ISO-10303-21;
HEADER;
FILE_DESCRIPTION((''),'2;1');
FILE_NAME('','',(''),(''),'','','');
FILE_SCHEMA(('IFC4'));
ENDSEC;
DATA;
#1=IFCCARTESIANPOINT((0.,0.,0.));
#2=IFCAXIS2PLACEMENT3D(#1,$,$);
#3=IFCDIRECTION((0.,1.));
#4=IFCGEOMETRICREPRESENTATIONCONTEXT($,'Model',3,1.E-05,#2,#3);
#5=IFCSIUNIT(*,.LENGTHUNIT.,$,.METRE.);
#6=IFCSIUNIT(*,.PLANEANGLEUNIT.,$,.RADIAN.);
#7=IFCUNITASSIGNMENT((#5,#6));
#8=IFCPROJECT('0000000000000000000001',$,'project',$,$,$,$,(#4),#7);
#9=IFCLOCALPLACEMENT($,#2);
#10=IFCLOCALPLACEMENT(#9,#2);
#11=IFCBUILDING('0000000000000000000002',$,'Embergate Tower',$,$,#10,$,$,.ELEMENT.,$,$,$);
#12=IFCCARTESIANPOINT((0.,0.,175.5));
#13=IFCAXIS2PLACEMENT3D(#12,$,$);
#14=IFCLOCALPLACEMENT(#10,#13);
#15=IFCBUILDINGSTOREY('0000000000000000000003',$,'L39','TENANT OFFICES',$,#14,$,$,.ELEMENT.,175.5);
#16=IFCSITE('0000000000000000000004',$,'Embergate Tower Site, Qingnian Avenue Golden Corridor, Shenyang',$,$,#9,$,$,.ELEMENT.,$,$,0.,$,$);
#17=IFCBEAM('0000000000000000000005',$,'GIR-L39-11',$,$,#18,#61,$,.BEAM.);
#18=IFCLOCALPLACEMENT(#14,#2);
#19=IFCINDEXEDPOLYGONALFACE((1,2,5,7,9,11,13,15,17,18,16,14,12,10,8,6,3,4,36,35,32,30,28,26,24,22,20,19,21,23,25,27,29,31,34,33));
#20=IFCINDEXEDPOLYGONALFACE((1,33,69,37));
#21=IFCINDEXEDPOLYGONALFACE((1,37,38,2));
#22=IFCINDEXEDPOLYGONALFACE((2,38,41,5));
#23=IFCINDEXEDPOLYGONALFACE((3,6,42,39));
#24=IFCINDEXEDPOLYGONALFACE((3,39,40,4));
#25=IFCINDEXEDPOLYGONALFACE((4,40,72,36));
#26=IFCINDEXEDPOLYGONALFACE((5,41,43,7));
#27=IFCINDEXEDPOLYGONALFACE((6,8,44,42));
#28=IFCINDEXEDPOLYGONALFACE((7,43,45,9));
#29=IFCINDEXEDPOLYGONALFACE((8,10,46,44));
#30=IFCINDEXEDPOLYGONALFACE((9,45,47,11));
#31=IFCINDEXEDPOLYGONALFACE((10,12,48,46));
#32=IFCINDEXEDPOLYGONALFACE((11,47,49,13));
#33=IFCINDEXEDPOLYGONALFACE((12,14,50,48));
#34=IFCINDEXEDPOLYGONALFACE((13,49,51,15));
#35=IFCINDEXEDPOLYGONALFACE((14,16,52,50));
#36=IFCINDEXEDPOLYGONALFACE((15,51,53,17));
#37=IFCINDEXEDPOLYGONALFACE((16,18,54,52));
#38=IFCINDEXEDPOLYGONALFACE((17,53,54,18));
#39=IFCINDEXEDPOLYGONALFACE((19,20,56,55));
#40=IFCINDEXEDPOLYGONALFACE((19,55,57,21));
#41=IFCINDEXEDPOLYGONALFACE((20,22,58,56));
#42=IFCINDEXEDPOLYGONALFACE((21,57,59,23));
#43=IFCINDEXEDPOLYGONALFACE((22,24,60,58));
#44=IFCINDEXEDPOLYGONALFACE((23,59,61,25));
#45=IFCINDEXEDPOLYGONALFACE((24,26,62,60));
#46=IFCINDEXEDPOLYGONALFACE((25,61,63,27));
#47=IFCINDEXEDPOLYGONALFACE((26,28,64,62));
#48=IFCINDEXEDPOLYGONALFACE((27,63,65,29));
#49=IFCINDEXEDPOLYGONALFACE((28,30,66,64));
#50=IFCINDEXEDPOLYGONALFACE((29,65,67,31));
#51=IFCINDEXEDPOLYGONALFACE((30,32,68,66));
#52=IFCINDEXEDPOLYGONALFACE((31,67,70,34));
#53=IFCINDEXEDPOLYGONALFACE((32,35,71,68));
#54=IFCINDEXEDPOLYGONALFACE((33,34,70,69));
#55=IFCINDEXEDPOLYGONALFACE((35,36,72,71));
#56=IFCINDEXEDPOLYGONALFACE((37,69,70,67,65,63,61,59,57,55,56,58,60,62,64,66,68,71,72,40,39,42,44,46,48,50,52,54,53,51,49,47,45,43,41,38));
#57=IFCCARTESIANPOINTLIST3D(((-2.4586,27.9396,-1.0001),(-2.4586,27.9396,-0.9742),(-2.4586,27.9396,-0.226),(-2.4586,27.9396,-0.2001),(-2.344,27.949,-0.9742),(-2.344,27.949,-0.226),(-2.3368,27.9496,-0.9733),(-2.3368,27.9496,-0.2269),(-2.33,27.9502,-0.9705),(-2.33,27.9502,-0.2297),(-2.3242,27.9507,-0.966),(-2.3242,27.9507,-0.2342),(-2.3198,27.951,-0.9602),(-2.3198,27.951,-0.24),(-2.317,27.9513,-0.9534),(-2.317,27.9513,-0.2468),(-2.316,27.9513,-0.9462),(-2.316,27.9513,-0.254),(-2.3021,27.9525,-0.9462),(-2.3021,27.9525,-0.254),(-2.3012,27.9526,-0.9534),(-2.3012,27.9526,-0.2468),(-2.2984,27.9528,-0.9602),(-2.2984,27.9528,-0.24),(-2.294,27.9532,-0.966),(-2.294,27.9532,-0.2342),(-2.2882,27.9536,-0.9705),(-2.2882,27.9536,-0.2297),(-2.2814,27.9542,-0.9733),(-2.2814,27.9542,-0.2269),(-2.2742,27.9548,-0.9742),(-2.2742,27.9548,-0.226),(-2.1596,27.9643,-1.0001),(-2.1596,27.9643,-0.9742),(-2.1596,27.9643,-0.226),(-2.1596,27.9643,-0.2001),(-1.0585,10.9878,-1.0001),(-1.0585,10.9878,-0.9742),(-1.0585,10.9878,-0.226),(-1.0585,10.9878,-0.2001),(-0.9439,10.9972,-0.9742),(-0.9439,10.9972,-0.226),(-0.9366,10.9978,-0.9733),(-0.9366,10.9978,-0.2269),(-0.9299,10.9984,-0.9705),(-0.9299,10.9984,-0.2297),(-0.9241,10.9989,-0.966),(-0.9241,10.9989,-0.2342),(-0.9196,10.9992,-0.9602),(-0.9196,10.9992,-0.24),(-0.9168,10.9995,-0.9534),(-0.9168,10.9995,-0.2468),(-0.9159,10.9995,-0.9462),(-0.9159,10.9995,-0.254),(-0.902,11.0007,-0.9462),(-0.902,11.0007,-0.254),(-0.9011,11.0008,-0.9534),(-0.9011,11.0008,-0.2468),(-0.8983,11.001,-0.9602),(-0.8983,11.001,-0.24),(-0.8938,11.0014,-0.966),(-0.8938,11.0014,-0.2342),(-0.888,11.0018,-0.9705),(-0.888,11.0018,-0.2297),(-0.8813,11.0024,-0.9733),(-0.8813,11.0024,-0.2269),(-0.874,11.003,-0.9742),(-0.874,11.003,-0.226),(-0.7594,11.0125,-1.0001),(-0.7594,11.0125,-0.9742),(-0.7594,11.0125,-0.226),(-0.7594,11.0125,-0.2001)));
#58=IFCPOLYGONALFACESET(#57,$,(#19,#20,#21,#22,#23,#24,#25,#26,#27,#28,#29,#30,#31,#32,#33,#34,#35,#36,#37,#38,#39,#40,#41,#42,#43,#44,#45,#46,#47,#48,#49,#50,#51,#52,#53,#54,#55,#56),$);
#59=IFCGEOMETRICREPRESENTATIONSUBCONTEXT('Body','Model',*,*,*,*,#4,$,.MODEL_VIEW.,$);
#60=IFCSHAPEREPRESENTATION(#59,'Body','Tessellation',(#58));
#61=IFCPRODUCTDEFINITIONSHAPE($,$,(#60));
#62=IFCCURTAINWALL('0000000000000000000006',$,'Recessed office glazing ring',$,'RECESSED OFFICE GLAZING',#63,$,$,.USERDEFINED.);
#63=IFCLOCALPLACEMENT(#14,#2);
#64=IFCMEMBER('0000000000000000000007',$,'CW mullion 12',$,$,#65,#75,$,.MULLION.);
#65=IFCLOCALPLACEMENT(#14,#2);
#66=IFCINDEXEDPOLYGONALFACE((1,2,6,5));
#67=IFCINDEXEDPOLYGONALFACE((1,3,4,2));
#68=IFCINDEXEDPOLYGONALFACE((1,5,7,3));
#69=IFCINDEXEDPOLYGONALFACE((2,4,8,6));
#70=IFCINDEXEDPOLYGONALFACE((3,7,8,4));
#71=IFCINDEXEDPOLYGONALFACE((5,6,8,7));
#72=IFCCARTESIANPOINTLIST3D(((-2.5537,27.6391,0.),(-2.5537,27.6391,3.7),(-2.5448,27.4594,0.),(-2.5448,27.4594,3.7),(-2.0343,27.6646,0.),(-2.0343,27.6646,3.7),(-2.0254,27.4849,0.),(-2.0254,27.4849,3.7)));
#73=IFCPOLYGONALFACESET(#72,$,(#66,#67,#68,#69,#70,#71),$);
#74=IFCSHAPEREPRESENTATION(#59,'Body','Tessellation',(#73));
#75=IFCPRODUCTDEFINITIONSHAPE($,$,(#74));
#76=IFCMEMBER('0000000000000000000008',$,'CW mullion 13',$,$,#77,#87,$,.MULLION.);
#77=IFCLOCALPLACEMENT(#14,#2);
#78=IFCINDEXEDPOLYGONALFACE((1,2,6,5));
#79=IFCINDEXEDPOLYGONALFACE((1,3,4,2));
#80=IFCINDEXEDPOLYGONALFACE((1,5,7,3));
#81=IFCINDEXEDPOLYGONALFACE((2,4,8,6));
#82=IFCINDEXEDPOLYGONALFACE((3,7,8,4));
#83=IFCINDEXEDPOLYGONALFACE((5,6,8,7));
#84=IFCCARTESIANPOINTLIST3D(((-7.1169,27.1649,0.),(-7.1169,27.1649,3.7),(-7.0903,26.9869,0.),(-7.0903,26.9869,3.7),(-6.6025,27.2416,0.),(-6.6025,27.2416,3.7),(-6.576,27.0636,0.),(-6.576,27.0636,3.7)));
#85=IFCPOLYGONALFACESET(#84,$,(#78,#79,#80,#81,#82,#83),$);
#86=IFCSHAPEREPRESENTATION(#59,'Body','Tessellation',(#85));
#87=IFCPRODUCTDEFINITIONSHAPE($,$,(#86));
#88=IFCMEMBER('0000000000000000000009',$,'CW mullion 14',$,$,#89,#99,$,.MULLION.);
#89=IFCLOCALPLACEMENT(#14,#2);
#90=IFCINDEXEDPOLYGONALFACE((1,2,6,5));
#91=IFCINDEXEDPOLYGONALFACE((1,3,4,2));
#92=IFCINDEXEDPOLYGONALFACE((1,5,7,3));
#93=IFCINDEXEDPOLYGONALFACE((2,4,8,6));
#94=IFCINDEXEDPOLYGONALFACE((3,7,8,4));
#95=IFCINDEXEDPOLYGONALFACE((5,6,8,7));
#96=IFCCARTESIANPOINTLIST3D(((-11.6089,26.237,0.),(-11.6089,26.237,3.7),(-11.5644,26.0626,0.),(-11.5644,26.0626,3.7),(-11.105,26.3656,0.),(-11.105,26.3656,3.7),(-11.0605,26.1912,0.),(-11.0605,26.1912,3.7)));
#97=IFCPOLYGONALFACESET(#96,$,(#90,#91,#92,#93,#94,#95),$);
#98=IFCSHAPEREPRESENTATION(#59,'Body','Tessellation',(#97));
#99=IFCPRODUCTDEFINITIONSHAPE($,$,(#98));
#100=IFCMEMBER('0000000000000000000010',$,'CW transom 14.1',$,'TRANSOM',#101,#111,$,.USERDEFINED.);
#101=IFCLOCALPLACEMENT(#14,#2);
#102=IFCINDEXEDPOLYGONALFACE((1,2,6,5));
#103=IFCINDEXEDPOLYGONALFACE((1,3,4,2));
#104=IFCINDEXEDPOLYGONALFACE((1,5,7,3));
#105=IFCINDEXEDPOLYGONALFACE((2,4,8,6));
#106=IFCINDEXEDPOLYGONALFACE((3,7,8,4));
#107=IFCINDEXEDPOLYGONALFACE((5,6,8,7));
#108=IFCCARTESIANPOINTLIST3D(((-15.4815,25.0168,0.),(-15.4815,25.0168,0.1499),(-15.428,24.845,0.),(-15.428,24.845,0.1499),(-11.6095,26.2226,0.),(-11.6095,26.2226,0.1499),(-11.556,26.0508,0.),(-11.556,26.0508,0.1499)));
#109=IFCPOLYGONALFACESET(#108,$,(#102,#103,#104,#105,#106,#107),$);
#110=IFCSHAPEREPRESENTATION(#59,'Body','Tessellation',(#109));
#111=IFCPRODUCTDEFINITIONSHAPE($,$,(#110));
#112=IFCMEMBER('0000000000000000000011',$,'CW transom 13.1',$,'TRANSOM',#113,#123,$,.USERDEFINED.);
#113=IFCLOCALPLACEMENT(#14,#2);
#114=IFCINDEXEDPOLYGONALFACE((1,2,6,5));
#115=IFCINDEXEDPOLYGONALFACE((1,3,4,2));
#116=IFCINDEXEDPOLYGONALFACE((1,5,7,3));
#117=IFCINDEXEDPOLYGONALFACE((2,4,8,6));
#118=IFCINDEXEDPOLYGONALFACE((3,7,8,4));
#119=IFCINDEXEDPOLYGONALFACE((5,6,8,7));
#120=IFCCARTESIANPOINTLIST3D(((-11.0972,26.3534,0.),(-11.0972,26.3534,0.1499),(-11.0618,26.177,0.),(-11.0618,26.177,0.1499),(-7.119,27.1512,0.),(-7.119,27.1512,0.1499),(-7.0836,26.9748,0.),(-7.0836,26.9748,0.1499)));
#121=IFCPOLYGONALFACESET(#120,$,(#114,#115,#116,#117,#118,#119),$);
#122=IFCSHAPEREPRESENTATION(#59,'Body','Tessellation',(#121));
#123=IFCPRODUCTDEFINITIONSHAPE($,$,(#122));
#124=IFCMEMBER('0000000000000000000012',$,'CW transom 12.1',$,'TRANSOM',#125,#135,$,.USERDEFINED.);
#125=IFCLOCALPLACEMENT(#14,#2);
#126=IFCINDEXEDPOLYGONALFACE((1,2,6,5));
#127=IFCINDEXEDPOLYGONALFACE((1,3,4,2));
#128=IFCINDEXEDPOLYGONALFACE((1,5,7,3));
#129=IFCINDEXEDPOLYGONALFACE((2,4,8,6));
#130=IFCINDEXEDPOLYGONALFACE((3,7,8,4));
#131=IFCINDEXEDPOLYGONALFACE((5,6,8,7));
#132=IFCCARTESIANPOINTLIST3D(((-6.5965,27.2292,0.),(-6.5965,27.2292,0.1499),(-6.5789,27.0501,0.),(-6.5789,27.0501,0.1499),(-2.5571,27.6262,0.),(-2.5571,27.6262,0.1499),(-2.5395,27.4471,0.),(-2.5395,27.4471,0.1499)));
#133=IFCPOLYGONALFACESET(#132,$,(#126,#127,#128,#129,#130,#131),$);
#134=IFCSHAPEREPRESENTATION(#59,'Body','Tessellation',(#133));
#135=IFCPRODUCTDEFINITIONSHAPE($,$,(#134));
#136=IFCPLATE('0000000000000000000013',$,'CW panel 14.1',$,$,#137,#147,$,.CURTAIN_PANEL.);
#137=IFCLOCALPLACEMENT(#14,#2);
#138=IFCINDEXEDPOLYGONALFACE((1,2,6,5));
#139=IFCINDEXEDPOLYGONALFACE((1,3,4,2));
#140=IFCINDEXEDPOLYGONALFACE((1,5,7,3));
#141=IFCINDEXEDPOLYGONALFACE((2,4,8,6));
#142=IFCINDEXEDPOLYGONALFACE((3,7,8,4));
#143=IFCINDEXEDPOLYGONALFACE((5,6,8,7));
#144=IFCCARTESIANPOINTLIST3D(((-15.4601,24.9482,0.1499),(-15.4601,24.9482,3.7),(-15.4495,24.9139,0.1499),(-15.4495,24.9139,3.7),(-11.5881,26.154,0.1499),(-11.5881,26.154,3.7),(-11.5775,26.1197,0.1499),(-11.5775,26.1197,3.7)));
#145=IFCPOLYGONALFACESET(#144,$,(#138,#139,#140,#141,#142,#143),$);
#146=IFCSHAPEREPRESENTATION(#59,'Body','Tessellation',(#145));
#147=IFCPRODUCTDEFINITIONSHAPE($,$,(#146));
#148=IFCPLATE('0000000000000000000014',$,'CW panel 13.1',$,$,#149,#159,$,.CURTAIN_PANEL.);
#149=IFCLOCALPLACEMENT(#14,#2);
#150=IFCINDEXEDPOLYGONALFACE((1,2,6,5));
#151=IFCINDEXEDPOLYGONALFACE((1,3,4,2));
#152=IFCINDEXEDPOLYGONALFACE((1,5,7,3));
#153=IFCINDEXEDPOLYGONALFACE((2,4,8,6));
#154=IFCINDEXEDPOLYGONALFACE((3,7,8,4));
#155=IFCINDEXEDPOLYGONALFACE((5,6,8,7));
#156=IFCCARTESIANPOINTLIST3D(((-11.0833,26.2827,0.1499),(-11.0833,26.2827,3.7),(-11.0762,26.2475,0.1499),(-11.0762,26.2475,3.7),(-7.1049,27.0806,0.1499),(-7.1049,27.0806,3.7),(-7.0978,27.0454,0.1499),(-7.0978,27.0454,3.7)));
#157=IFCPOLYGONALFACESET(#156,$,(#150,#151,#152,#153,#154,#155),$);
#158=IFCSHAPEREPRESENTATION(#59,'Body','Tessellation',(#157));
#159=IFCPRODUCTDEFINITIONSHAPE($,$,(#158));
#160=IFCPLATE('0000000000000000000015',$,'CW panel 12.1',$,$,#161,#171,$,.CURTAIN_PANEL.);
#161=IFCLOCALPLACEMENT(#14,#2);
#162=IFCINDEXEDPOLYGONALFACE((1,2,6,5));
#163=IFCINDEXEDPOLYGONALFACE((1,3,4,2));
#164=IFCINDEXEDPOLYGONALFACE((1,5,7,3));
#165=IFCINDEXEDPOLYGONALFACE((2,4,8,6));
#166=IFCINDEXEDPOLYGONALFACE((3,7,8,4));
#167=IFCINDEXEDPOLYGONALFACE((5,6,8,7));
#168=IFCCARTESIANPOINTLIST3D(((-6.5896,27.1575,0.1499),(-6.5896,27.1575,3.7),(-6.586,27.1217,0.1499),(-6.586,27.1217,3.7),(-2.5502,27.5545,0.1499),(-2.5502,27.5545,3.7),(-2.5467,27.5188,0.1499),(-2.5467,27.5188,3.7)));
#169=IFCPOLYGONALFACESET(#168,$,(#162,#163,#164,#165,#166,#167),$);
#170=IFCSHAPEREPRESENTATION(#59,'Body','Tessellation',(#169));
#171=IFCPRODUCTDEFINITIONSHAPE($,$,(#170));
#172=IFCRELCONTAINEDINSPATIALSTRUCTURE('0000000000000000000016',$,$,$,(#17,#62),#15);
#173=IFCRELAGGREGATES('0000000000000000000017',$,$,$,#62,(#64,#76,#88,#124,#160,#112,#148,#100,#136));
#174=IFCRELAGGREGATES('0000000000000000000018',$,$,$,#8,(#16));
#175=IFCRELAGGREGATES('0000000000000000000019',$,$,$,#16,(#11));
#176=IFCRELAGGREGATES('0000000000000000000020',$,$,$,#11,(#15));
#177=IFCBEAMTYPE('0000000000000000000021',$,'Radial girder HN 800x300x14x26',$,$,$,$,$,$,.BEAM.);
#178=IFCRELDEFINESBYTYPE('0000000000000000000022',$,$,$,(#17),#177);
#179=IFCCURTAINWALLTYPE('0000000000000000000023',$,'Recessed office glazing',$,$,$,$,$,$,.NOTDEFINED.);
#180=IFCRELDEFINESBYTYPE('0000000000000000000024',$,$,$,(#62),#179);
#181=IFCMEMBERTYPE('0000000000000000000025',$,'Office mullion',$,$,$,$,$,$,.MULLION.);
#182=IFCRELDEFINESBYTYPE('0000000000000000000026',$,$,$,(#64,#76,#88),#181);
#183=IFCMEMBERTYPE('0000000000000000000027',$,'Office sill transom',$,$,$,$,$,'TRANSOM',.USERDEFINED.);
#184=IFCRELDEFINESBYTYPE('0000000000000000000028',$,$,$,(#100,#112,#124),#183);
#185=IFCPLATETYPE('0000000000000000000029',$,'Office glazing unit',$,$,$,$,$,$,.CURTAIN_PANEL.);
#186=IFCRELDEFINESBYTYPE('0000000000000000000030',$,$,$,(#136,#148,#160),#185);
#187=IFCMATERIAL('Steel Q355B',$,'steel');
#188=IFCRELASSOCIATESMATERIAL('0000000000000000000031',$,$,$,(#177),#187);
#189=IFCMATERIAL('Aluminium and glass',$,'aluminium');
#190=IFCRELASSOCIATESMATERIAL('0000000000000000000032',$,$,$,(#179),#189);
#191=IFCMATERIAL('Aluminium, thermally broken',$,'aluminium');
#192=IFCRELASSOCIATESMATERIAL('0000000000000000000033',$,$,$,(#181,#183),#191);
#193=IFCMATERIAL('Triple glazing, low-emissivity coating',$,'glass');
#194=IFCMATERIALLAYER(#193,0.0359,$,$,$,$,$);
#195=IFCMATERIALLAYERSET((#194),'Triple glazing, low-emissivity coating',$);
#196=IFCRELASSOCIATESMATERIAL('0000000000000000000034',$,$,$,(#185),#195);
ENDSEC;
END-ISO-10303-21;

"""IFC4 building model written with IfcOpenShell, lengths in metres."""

from ifc_helpers import new_model, si_unit, direction, frame, origin, origin_2d, place, context, subcontext, project, spatial, rectangle, i_section, extrude, source, transform, mapped, material, layer, layer_set, material_profile, profile_set, type_object, element, aggregate, save


model = new_model("IFC4")

# Units and contexts
model_context = context("Model", 3, precision=1e-05, world=origin(), true_north=direction((0.0, 1.0)))
body_context = subcontext(model_context, "Body", "Model", "MODEL_VIEW")
ifc_project = project(units=[si_unit("LENGTHUNIT", "METRE"), si_unit("PLANEANGLEUNIT", "RADIAN")], contexts=[model_context])

# Site, building, storey
site_placement = place(None, origin())
site = spatial("IfcSite", under=ifc_project, at=site_placement, Name="Embergate Tower Site, Qingnian Avenue Golden Corridor, Shenyang", CompositionType="ELEMENT", RefElevation=0.0)
building_placement = place(site_placement, origin())
building = spatial("IfcBuilding", under=site, at=building_placement, Name="Embergate Tower", CompositionType="ELEMENT")
storey_placement = place(building_placement, frame((0.0, 0.0, 175.5)))
storey = spatial("IfcBuildingStorey", under=building, at=storey_placement, Name="L39", Description="TENANT OFFICES", CompositionType="ELEMENT", Elevation=175.5)

# Beam
ifc_material_1 = material(Name="Steel Q355B", Category="steel")
ifc_material_profile_1 = material_profile(ifc_material_1, i_section(OverallWidth=0.3, OverallDepth=0.8, WebThickness=0.0139, FlangeThickness=0.0259, FilletRadius=0.0281, at=origin_2d()), Name="HN 800x300x14x26")
ifc_profile_set_1 = profile_set([ifc_material_profile_1], Name="Steel Q355 grade B")
beam_type_1 = type_object("IfcBeamType", Name="Radial girder HN 800x300x14x26", PredefinedType="BEAM", material=ifc_profile_set_1)
shared_shape_1 = source(origin(), body_context, "Body", "SweptSolid", [
    extrude(i_section(OverallWidth=0.3, OverallDepth=0.8, WebThickness=0.0139, FlangeThickness=0.0259, FilletRadius=0.0281, at=origin_2d()), origin(), (0.0, 0.0, 1.0), 17.0095),
])
beam_1_placement = place(storey_placement, frame((-2.3091, 27.9519, -0.6001), z_axis=(0.082315, -0.996606, 0.0), x_axis=(0.996606, 0.082315, 0.0)))
element("IfcBeam", 1, at=beam_1_placement, inside=storey, type_object=beam_type_1, Name="GIR-L39-11", PredefinedType="BEAM", context=body_context, shape_type="MappedRepresentation", body=[
    mapped(shared_shape_1, transform((0.0, 0.0, 0.0))),
])

# Curtain wall, members, plates
ifc_material_2 = material(Name="Aluminium and glass", Category="aluminium")
curtain_wall_type = type_object("IfcCurtainWallType", Name="Recessed office glazing", PredefinedType="NOTDEFINED", material=ifc_material_2)
curtain_wall_placement = place(storey_placement, origin())
curtain_wall = element("IfcCurtainWall", 2, at=curtain_wall_placement, inside=storey, type_object=curtain_wall_type, Name="Recessed office glazing ring", ObjectType="RECESSED OFFICE GLAZING", PredefinedType="USERDEFINED")
ifc_material_3 = material(Name="Aluminium, thermally broken", Category="aluminium")
ifc_material_profile_2 = material_profile(ifc_material_3, rectangle(XDim=0.1799, YDim=0.52, at=origin_2d()), Name="AL 520x180")
ifc_profile_set_2 = profile_set([ifc_material_profile_2], Name="Aluminium, thermally broken")
member_type_1 = type_object("IfcMemberType", Name="Office mullion", PredefinedType="MULLION", material=ifc_profile_set_2)
shared_shape_2 = source(origin(), body_context, "Body", "SweptSolid", [
    extrude(rectangle(XDim=0.1799, YDim=0.52, at=origin_2d()), origin(), (0.0, 0.0, 1.0), 3.7),
])
member_1_placement = place(storey_placement, frame((-2.2896, 27.562, 0.0), z_axis=(0.0, 0.0, 1.0), x_axis=(0.04897, -0.9988, 0.0)))
member_1 = element("IfcMember", 3, at=member_1_placement, type_object=member_type_1, Name="CW mullion 12", PredefinedType="MULLION", context=body_context, shape_type="MappedRepresentation", body=[
    mapped(shared_shape_2, transform((0.0, 0.0, 0.0))),
])
member_2_placement = place(storey_placement, frame((-6.8464, 27.1143, 0.0), z_axis=(0.0, 0.0, 1.0), x_axis=(0.147409, -0.989076, 0.0)))
member_2 = element("IfcMember", 4, at=member_2_placement, type_object=member_type_1, Name="CW mullion 13", PredefinedType="MULLION", context=body_context, shape_type="MappedRepresentation", body=[
    mapped(shared_shape_2, transform((0.0, 0.0, 0.0))),
])
member_3_placement = place(storey_placement, frame((-11.3347, 26.2141, 0.0), z_axis=(0.0, 0.0, 1.0), x_axis=(0.247308, -0.968937, 0.0)))
member_3 = element("IfcMember", 5, at=member_3_placement, type_object=member_type_1, Name="CW mullion 14", PredefinedType="MULLION", context=body_context, shape_type="MappedRepresentation", body=[
    mapped(shared_shape_2, transform((0.0, 0.0, 0.0))),
])
ifc_material_profile_3 = material_profile(ifc_material_3, rectangle(XDim=0.1799, YDim=0.1499, at=origin_2d()), Name="AL 150x180")
ifc_profile_set_3 = profile_set([ifc_material_profile_3], Name="Aluminium, thermally broken")
member_type_2 = type_object("IfcMemberType", Name="Office sill transom", ElementType="TRANSOM", PredefinedType="USERDEFINED", material=ifc_profile_set_3)
shared_shape_3 = source(origin(), body_context, "Body", "SweptSolid", [
    extrude(rectangle(XDim=0.1799, YDim=0.1499, at=origin_2d()), origin(), (0.0, 0.0, 1.0), 4.0554),
])
member_4_placement = place(storey_placement, frame((-11.5828, 26.1367, 0.075), z_axis=(-0.954775, -0.297329, 0.0), x_axis=(0.297329, -0.954775, 0.0)))
member_4 = element("IfcMember", 6, at=member_4_placement, type_object=member_type_2, Name="CW transom 14.1", ObjectType="TRANSOM", PredefinedType="USERDEFINED", context=body_context, shape_type="MappedRepresentation", body=[
    mapped(shared_shape_3, transform((0.0, 0.0, 0.0))),
])
shared_shape_4 = source(origin(), body_context, "Body", "SweptSolid", [
    extrude(rectangle(XDim=0.1799, YDim=0.1499, at=origin_2d()), origin(), (0.0, 0.0, 1.0), 4.0574),
])
member_5_placement = place(storey_placement, frame((-7.1013, 27.063, 0.075), z_axis=(-0.980476, -0.196637, 0.0), x_axis=(0.196637, -0.980476, 0.0)))
member_5 = element("IfcMember", 7, at=member_5_placement, type_object=member_type_2, Name="CW transom 13.1", ObjectType="TRANSOM", PredefinedType="USERDEFINED", context=body_context, shape_type="MappedRepresentation", body=[
    mapped(shared_shape_4, transform((0.0, 0.0, 0.0))),
])
shared_shape_5 = source(origin(), body_context, "Body", "SweptSolid", [
    extrude(rectangle(XDim=0.1799, YDim=0.1499, at=origin_2d()), origin(), (0.0, 0.0, 1.0), 4.0588),
])
member_6_placement = place(storey_placement, frame((-2.5483, 27.5366, 0.075), z_axis=(-0.995205, -0.097806, 0.0), x_axis=(0.097806, -0.995205, 0.0)))
member_6 = element("IfcMember", 8, at=member_6_placement, type_object=member_type_2, Name="CW transom 12.1", ObjectType="TRANSOM", PredefinedType="USERDEFINED", context=body_context, shape_type="MappedRepresentation", body=[
    mapped(shared_shape_5, transform((0.0, 0.0, 0.0))),
])
ifc_material_4 = material(Name="Triple glazing, low-emissivity coating", Category="glass")
ifc_layer_1 = layer(ifc_material_4, 0.0359)
ifc_layer_set_1 = layer_set([ifc_layer_1], Name="Triple glazing, low-emissivity coating")
plate_type = type_object("IfcPlateType", Name="Office glazing unit", PredefinedType="CURTAIN_PANEL", material=ifc_layer_set_1)
shared_shape_6 = source(origin(), body_context, "Body", "SweptSolid", [
    extrude(rectangle(XDim=4.0554, YDim=0.0359, at=origin_2d()), origin(), (0.0, 0.0, 1.0), 3.55),
])
plate_1_placement = place(storey_placement, frame((-13.5188, 25.5339, 0.1499), z_axis=(0.0, 0.0, 1.0), x_axis=(-0.954773, -0.297335, 0.0)))
plate_1 = element("IfcPlate", 9, at=plate_1_placement, type_object=plate_type, Name="CW panel 14.1", PredefinedType="CURTAIN_PANEL", context=body_context, shape_type="MappedRepresentation", body=[
    mapped(shared_shape_6, transform((0.0, 0.0, 0.0))),
])
shared_shape_7 = source(origin(), body_context, "Body", "SweptSolid", [
    extrude(rectangle(XDim=4.0576, YDim=0.0359, at=origin_2d()), origin(), (0.0, 0.0, 1.0), 3.55),
])
plate_2_placement = place(storey_placement, frame((-9.0906, 26.6641, 0.1499), z_axis=(0.0, 0.0, 1.0), x_axis=(-0.980476, -0.196638, 0.0)))
plate_2 = element("IfcPlate", 10, at=plate_2_placement, type_object=plate_type, Name="CW panel 13.1", PredefinedType="CURTAIN_PANEL", context=body_context, shape_type="MappedRepresentation", body=[
    mapped(shared_shape_7, transform((0.0, 0.0, 0.0))),
])
shared_shape_8 = source(origin(), body_context, "Body", "SweptSolid", [
    extrude(rectangle(XDim=4.0588, YDim=0.0359, at=origin_2d()), origin(), (0.0, 0.0, 1.0), 3.55),
])
plate_3_placement = place(storey_placement, frame((-4.5681, 27.3381, 0.1499), z_axis=(0.0, 0.0, 1.0), x_axis=(-0.995203, -0.097828, 0.0)))
plate_3 = element("IfcPlate", 11, at=plate_3_placement, type_object=plate_type, Name="CW panel 12.1", PredefinedType="CURTAIN_PANEL", context=body_context, shape_type="MappedRepresentation", body=[
    mapped(shared_shape_8, transform((0.0, 0.0, 0.0))),
])
aggregate(curtain_wall, [member_1, member_2, member_3, member_6, plate_3, member_5, plate_2, member_4, plate_1])

save(model, "model.ifc")
